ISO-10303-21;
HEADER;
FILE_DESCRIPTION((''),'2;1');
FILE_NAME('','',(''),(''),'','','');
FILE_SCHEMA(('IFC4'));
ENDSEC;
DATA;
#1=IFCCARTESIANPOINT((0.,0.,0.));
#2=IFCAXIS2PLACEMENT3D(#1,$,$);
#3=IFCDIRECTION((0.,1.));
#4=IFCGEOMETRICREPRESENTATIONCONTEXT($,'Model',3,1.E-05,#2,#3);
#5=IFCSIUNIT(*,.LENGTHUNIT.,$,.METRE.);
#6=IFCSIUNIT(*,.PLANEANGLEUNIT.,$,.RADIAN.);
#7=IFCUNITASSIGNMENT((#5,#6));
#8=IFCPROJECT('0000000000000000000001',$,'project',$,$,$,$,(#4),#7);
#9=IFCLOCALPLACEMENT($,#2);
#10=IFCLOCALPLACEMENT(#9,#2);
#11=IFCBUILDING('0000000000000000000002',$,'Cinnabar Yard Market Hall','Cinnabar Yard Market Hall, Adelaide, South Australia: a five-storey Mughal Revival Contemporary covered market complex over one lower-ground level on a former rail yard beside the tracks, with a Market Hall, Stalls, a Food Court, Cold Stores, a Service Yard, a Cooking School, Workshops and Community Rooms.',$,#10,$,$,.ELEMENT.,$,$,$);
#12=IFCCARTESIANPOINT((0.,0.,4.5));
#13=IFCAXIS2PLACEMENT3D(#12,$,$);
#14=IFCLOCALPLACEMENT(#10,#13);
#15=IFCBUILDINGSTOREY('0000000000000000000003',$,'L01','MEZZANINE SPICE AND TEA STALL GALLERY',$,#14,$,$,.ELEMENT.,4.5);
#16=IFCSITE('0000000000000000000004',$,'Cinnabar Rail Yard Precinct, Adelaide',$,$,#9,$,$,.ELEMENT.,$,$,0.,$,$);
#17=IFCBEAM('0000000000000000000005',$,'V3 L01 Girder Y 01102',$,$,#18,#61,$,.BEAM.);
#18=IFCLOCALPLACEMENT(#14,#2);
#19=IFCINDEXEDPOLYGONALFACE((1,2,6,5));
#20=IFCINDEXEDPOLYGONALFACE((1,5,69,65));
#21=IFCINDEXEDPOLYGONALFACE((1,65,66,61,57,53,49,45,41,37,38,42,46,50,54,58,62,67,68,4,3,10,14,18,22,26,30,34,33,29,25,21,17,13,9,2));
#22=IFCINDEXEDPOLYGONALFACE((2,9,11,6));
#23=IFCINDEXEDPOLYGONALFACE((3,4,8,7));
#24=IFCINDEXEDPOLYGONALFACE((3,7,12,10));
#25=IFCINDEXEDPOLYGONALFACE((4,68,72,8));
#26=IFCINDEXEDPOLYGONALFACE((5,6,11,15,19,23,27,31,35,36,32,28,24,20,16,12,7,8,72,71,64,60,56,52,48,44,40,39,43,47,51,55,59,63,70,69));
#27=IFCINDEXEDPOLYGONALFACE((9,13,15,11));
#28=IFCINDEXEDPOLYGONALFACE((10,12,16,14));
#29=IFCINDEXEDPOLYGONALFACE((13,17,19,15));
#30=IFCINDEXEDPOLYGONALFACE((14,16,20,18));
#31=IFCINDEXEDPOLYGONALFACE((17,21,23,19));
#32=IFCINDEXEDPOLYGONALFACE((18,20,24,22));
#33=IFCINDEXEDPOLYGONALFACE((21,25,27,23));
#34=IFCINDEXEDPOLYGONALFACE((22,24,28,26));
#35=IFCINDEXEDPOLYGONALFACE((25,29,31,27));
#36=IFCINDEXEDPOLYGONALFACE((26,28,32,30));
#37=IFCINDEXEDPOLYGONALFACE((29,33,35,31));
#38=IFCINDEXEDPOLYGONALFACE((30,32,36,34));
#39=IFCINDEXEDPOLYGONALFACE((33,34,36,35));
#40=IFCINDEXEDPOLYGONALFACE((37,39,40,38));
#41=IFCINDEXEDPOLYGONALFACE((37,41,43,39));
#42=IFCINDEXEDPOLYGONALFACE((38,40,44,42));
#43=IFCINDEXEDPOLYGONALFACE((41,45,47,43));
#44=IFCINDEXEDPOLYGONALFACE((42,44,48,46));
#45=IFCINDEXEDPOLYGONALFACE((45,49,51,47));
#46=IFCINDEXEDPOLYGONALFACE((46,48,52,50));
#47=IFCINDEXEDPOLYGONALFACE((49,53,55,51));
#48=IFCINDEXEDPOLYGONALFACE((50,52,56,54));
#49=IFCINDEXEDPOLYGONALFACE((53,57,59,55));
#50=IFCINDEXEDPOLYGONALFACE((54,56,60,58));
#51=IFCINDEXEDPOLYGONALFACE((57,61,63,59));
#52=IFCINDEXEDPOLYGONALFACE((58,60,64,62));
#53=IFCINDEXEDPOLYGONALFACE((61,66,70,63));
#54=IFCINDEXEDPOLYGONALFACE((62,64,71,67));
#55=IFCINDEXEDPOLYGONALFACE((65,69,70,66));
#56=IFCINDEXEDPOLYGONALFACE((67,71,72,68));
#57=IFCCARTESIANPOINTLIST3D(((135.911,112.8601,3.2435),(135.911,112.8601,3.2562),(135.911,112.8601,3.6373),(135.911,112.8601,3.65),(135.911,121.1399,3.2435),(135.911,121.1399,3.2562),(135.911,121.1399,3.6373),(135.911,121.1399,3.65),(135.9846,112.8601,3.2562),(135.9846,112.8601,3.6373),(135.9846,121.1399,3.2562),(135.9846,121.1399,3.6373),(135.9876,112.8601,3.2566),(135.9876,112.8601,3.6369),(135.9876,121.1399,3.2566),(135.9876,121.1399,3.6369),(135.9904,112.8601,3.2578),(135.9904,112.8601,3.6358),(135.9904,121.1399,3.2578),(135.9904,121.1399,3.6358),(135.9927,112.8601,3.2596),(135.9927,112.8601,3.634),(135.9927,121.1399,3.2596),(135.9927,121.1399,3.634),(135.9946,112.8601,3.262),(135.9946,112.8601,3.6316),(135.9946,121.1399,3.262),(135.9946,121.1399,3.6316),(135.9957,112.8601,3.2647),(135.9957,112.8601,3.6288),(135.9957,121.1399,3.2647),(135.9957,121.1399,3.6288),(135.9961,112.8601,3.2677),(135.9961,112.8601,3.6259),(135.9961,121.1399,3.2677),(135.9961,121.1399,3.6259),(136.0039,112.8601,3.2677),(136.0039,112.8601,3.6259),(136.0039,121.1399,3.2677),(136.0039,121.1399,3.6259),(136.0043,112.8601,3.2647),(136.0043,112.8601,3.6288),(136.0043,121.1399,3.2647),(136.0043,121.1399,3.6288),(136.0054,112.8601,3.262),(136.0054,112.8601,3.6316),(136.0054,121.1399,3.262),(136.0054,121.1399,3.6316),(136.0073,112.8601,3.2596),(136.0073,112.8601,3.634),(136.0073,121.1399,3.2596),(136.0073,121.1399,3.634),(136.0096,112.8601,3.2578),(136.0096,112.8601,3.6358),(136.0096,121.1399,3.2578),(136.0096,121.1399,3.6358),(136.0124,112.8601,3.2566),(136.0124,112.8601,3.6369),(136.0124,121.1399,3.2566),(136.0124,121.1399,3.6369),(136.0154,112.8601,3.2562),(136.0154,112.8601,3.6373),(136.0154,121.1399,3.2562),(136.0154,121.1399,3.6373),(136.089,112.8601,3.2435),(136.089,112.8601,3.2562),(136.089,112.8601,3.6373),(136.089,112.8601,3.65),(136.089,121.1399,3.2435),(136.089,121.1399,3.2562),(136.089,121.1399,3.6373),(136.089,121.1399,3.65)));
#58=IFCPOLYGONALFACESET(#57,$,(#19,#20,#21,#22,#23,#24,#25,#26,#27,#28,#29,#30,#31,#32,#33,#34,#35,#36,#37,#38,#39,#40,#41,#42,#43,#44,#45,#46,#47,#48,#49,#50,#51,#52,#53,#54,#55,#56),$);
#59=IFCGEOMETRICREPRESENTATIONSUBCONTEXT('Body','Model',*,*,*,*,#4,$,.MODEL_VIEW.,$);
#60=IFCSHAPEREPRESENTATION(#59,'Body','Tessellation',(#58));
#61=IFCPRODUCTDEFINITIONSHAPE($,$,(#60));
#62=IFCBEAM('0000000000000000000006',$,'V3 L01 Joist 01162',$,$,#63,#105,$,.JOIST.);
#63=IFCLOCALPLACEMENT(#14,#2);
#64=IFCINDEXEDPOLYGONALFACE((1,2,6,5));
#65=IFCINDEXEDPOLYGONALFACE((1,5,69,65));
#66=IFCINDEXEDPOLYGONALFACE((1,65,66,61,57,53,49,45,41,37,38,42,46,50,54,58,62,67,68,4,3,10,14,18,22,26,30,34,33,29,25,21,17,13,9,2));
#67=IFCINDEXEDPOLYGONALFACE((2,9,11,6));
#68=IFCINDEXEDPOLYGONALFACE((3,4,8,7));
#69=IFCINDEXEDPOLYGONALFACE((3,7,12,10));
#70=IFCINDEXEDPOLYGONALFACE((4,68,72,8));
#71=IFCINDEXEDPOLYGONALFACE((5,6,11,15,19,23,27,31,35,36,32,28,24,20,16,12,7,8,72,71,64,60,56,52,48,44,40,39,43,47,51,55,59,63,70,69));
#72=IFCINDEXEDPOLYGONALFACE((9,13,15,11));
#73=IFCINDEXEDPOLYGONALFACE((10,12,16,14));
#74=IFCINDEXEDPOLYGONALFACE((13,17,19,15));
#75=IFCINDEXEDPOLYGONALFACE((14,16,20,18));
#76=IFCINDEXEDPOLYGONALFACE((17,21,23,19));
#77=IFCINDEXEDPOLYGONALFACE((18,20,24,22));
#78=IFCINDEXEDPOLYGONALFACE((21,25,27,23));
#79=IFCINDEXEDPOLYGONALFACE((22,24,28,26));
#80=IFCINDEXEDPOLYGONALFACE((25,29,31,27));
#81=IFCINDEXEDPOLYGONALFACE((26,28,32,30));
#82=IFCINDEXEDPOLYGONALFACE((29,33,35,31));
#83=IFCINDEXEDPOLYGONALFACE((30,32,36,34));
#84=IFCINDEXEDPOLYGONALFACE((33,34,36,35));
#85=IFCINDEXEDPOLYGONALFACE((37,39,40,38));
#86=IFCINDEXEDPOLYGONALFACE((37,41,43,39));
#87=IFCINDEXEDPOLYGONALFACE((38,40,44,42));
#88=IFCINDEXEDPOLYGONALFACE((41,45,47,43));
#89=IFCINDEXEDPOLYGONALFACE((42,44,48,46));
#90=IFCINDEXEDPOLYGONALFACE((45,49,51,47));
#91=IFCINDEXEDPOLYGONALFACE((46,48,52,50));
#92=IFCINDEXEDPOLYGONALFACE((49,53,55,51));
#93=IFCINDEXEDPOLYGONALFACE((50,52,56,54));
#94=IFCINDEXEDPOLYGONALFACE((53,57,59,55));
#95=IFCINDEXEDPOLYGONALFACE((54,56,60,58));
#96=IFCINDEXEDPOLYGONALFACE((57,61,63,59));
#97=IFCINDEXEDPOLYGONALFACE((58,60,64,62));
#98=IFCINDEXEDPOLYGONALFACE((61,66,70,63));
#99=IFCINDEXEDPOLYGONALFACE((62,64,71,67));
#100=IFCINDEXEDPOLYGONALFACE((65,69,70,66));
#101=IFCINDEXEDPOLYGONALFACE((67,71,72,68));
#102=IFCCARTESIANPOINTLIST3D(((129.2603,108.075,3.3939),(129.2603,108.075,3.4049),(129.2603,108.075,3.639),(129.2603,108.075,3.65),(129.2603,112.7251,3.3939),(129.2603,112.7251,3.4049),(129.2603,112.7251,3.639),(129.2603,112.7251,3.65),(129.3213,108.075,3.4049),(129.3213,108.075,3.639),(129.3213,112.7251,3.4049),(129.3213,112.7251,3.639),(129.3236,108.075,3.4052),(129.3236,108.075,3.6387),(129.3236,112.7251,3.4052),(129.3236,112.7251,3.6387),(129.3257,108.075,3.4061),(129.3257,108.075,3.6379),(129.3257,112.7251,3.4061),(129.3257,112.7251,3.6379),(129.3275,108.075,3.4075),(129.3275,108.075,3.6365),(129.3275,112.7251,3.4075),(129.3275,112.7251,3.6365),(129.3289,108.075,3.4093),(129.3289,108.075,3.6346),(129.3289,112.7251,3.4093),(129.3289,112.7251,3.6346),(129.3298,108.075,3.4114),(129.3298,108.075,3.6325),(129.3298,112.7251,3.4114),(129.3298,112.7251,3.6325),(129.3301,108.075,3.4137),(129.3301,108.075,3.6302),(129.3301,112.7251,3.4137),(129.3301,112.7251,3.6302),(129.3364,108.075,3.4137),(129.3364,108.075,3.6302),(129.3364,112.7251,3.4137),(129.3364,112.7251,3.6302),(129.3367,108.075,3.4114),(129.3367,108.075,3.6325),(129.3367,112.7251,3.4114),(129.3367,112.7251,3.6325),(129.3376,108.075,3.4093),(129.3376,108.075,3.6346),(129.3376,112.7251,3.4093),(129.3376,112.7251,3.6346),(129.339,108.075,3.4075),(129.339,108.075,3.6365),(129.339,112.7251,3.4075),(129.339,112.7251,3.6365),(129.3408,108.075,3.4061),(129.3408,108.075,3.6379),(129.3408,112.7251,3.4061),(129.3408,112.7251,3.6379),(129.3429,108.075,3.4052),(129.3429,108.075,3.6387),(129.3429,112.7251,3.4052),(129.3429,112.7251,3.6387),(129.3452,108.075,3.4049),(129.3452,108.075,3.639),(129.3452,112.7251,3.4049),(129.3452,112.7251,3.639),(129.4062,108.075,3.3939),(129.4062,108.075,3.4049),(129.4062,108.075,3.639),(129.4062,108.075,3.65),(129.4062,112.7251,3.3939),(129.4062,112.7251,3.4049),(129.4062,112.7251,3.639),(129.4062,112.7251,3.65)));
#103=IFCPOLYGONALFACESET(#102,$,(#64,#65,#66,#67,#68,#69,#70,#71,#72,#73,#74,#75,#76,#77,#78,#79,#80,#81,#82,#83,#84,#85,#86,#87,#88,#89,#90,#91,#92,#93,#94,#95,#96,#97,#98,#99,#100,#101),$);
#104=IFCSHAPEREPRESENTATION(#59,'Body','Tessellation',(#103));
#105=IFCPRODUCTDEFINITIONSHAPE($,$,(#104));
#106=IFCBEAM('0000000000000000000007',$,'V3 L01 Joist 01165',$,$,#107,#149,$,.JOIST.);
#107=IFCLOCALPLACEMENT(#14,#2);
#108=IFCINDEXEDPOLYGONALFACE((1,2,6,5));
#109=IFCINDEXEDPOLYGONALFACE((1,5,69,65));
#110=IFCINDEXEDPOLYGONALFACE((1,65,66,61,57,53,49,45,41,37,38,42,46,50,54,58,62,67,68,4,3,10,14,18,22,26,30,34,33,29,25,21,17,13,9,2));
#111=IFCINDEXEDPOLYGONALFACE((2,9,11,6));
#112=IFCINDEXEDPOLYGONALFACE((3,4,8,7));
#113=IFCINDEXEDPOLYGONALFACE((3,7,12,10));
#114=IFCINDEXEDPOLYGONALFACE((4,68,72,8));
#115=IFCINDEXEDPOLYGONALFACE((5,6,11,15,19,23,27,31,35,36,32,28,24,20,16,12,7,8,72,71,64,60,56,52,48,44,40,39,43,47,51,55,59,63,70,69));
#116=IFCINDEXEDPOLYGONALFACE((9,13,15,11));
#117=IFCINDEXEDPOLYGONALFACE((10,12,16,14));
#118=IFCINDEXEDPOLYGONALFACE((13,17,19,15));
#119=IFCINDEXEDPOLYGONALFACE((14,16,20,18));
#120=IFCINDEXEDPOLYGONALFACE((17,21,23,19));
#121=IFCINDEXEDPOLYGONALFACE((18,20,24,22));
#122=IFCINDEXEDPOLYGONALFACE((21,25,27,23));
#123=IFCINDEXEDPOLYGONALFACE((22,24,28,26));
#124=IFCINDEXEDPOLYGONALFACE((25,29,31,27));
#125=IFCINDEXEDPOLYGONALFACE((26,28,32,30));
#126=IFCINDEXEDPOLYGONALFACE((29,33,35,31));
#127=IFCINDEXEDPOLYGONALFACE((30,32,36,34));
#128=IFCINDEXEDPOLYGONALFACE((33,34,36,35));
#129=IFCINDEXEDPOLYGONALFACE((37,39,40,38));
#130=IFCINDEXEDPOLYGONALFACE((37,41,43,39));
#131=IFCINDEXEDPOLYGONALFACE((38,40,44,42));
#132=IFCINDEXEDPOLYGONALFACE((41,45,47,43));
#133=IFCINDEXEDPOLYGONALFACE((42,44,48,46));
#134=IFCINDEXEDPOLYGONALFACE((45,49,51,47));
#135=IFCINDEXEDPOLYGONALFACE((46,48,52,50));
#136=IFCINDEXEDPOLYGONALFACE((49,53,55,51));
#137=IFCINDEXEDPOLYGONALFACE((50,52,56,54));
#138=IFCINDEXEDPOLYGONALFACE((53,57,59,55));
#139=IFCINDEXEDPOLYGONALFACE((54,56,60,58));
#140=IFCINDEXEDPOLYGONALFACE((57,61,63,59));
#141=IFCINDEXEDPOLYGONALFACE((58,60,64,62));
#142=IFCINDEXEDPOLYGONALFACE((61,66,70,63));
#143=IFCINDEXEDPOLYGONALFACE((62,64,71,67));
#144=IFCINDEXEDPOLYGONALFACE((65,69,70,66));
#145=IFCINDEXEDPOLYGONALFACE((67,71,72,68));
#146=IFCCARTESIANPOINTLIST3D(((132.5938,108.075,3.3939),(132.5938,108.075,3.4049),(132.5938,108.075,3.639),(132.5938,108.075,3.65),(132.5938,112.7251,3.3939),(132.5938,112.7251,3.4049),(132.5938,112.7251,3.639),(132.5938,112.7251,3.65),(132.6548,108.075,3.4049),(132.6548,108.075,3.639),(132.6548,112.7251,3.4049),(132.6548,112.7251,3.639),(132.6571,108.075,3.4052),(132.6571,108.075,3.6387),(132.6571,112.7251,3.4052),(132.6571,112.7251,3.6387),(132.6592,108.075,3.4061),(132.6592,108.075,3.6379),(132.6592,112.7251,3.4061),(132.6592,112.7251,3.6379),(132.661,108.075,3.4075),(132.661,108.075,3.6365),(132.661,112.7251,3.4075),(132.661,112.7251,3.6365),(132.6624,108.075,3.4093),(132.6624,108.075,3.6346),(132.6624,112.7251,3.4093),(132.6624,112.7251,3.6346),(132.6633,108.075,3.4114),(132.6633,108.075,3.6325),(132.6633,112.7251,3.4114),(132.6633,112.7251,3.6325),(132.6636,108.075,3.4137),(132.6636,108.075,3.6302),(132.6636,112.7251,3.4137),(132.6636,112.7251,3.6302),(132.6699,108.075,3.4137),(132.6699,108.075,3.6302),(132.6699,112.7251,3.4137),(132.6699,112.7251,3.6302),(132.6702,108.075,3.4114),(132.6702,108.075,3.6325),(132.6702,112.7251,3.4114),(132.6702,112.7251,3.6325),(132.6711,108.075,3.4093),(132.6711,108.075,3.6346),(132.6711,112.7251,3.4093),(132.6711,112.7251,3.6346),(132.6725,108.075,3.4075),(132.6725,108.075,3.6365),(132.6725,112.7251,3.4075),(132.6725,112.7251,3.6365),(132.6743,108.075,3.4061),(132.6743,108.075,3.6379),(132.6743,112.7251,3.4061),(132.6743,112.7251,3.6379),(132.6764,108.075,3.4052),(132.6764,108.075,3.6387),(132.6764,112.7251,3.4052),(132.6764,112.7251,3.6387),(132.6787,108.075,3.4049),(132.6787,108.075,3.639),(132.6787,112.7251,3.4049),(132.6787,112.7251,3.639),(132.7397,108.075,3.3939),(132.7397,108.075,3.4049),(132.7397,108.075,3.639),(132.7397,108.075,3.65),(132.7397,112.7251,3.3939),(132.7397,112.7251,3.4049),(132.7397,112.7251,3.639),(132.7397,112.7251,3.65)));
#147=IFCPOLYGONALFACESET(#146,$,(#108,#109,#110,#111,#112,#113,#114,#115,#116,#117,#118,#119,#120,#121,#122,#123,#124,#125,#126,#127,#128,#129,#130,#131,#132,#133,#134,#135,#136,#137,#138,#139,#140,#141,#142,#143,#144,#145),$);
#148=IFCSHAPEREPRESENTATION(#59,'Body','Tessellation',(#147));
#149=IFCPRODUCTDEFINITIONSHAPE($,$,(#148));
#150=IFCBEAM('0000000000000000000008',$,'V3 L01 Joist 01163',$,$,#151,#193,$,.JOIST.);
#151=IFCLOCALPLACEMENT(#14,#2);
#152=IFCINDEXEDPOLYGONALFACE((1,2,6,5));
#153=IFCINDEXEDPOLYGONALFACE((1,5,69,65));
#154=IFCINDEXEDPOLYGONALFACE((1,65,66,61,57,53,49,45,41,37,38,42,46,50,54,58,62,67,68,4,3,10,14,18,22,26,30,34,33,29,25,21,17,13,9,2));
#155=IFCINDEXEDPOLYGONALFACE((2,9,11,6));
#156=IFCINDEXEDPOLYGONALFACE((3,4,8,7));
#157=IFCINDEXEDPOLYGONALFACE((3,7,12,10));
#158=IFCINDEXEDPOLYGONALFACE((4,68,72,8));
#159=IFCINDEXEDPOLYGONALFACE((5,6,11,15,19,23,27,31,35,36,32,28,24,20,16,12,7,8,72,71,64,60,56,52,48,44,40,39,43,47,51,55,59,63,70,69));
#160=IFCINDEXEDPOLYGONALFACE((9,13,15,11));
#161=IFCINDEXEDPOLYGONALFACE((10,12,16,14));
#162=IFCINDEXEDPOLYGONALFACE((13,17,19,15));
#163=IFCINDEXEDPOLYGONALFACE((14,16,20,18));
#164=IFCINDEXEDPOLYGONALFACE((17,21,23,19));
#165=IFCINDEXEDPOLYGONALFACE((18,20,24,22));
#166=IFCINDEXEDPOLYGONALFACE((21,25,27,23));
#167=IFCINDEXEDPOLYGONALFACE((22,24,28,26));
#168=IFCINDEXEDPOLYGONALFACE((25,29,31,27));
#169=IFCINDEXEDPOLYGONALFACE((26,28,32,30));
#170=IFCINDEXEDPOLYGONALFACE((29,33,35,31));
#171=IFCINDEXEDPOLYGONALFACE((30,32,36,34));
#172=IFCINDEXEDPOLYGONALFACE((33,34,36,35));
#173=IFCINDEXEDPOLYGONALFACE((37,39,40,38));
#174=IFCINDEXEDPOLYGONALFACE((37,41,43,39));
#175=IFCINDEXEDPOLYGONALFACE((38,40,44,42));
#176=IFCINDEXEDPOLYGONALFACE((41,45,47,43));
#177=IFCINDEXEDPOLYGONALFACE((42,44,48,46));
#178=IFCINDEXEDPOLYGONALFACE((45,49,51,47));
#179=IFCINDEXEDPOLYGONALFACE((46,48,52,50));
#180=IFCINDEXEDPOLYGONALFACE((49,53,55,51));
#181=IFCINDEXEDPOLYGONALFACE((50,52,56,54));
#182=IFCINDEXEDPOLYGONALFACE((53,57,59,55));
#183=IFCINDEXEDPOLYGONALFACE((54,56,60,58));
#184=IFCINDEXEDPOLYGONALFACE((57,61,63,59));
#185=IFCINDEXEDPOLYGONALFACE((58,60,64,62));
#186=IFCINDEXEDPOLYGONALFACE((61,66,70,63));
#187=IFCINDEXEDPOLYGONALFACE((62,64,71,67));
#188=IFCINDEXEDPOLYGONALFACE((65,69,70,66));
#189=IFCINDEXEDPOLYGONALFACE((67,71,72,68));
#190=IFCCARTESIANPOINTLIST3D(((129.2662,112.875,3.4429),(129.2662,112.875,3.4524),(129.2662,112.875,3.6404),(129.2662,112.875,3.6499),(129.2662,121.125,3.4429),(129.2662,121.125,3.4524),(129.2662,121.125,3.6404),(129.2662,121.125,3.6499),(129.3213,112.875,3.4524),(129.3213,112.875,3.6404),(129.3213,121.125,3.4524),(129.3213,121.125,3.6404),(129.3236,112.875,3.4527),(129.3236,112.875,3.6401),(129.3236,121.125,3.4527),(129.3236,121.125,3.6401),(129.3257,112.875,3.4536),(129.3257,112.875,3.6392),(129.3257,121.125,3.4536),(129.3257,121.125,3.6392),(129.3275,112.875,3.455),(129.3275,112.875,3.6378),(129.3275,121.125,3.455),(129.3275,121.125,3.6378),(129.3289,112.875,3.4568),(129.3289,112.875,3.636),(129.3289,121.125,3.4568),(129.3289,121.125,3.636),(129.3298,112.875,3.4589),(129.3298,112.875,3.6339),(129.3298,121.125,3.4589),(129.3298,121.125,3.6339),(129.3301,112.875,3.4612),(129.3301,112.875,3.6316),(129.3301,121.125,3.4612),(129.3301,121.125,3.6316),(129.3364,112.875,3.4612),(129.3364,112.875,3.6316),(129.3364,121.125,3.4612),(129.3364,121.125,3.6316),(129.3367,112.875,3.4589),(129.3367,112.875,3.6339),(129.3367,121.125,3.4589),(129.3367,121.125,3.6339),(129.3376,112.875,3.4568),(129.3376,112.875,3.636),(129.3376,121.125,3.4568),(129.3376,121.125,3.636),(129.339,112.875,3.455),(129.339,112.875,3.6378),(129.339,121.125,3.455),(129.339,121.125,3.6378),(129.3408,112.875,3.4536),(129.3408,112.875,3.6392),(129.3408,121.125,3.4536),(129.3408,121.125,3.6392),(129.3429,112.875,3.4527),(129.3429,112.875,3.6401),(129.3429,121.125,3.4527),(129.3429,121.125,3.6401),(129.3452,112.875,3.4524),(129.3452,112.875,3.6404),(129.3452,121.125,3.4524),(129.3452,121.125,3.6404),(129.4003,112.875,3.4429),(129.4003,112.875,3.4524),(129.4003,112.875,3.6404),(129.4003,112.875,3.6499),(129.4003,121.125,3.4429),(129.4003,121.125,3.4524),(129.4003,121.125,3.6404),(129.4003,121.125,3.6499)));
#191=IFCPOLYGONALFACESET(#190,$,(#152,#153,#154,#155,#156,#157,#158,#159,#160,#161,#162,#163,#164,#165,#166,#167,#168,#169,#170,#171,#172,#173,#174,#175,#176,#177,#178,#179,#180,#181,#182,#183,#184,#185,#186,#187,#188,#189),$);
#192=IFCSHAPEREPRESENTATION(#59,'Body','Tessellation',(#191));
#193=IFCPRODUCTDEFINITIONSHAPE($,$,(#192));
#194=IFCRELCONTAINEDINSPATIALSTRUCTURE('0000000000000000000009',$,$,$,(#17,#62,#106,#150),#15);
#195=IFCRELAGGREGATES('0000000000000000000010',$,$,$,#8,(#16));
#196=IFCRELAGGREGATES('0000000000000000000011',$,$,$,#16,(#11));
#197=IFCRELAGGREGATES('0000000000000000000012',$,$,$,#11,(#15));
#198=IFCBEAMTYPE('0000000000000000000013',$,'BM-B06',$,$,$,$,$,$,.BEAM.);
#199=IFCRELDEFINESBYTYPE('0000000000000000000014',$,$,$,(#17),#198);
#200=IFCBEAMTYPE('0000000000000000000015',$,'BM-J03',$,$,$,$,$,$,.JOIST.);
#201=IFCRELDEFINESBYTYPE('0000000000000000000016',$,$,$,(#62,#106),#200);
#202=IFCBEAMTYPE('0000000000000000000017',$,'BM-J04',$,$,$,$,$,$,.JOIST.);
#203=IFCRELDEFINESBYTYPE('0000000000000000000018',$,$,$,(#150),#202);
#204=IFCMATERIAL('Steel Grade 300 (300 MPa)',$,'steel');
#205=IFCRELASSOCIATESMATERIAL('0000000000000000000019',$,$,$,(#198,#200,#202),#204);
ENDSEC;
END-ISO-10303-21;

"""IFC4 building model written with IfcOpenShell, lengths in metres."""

from ifc_helpers import new_model, si_unit, direction, frame, origin, origin_2d_with_axis, place, context, subcontext, project, spatial, i_section, extrude, material, material_profile, profile_set, type_object, element, save


model = new_model("IFC4")

# Units and contexts
model_context = context("Model", 3, precision=1e-05, world=origin(), true_north=direction((0.0, 1.0)))
body_context = subcontext(model_context, "Body", "Model", "MODEL_VIEW")
ifc_project = project(units=[si_unit("LENGTHUNIT", "METRE"), si_unit("PLANEANGLEUNIT", "RADIAN")], contexts=[model_context])

# Site, building, storey
site_placement = place(None, origin())
site = spatial("IfcSite", under=ifc_project, at=site_placement, Name="Cinnabar Rail Yard Precinct, Adelaide", CompositionType="ELEMENT", RefElevation=0.0)
building_placement = place(site_placement, origin())
building = spatial("IfcBuilding", under=site, at=building_placement, Name="Cinnabar Yard Market Hall", Description="Cinnabar Yard Market Hall, Adelaide, South Australia: a five-storey Mughal Revival Contemporary covered market complex over one lower-ground level on a former rail yard beside the tracks, with a Market Hall, Stalls, a Food Court, Cold Stores, a Service Yard, a Cooking School, Workshops and Community Rooms.", CompositionType="ELEMENT")
storey_placement = place(building_placement, frame((0.0, 0.0, 4.5)))
storey = spatial("IfcBuildingStorey", under=building, at=storey_placement, Name="L01", Description="MEZZANINE SPICE AND TEA STALL GALLERY", CompositionType="ELEMENT", Elevation=4.5)

# Shared definitions
ifc_material_1 = material(Name="Steel Grade 300 (300 MPa)", Category="steel")

# Beams
ifc_material_profile_1 = material_profile(ifc_material_1, i_section(OverallWidth=0.178, OverallDepth=0.4065, WebThickness=0.0078, FlangeThickness=0.0127, FilletRadius=0.0115, at=origin_2d_with_axis()), Name="410UB59.7")
ifc_profile_set_1 = profile_set([ifc_material_profile_1], Name="Steel Grade 300 (300 MPa)")
beam_type_1 = type_object("IfcBeamType", Name="BM-B06", PredefinedType="BEAM", material=ifc_profile_set_1)
beam_1_placement = place(storey_placement, frame((136.0, 112.8601, 3.4468), z_axis=(0.0, 1.0, 0.0), x_axis=(-1.0, 0.0, 0.0)))
element("IfcBeam", 1, at=beam_1_placement, inside=storey, type_object=beam_type_1, Name="V3 L01 Girder Y 01102", PredefinedType="BEAM", context=body_context, shape_type="SweptSolid", body=[
    extrude(i_section(OverallWidth=0.178, OverallDepth=0.4065, WebThickness=0.0078, FlangeThickness=0.0127, FilletRadius=0.0115, at=origin_2d_with_axis()), origin(), (0.0, 0.0, 1.0), 8.2798),
])
ifc_material_profile_2 = material_profile(ifc_material_1, i_section(OverallWidth=0.146, OverallDepth=0.2561, WebThickness=0.0063, FlangeThickness=0.011, FilletRadius=0.0088, at=origin_2d_with_axis()), Name="250UB37.3")
ifc_profile_set_2 = profile_set([ifc_material_profile_2], Name="Steel Grade 300 (300 MPa)")
beam_type_2 = type_object("IfcBeamType", Name="BM-J03", PredefinedType="JOIST", material=ifc_profile_set_2)
for number, where, z_axis, x_axis, name in (
    (2, (129.3333, 108.075, 3.522), (0.0, 1.0, 0.0), (-1.0, 0.0, 0.0), "V3 L01 Joist 01162"),
    (3, (132.6667, 108.075, 3.522), (0.0, 1.0, 0.0), (-1.0, 0.0, 0.0), "V3 L01 Joist 01165"),
):
    element("IfcBeam", number, at=place(storey_placement, frame(where, z_axis=z_axis, x_axis=x_axis)), inside=storey, type_object=beam_type_2, Name=name, PredefinedType="JOIST", context=body_context, shape_type="SweptSolid", body=[
        extrude(i_section(OverallWidth=0.146, OverallDepth=0.2561, WebThickness=0.0063, FlangeThickness=0.011, FilletRadius=0.0088, at=origin_2d_with_axis()), origin(), (0.0, 0.0, 1.0), 4.6501),
    ])
ifc_material_profile_3 = material_profile(ifc_material_1, i_section(OverallWidth=0.134, OverallDepth=0.207, WebThickness=0.0063, FlangeThickness=0.0095, FilletRadius=0.0088, at=origin_2d_with_axis()), Name="200UB29.8")
ifc_profile_set_3 = profile_set([ifc_material_profile_3], Name="Steel Grade 300 (300 MPa)")
beam_type_3 = type_object("IfcBeamType", Name="BM-J04", PredefinedType="JOIST", material=ifc_profile_set_3)
for number, where, z_axis, x_axis, name in (
    (4, (129.3333, 112.875, 3.5464), (0.0, 1.0, 0.0), (-1.0, 0.0, 0.0), "V3 L01 Joist 01163"),
):
    element("IfcBeam", number, at=place(storey_placement, frame(where, z_axis=z_axis, x_axis=x_axis)), inside=storey, type_object=beam_type_3, Name=name, PredefinedType="JOIST", context=body_context, shape_type="SweptSolid", body=[
        extrude(i_section(OverallWidth=0.134, OverallDepth=0.207, WebThickness=0.0063, FlangeThickness=0.0095, FilletRadius=0.0088, at=origin_2d_with_axis()), origin(), (0.0, 0.0, 1.0), 8.25),
    ])

save(model, "model.ifc")
